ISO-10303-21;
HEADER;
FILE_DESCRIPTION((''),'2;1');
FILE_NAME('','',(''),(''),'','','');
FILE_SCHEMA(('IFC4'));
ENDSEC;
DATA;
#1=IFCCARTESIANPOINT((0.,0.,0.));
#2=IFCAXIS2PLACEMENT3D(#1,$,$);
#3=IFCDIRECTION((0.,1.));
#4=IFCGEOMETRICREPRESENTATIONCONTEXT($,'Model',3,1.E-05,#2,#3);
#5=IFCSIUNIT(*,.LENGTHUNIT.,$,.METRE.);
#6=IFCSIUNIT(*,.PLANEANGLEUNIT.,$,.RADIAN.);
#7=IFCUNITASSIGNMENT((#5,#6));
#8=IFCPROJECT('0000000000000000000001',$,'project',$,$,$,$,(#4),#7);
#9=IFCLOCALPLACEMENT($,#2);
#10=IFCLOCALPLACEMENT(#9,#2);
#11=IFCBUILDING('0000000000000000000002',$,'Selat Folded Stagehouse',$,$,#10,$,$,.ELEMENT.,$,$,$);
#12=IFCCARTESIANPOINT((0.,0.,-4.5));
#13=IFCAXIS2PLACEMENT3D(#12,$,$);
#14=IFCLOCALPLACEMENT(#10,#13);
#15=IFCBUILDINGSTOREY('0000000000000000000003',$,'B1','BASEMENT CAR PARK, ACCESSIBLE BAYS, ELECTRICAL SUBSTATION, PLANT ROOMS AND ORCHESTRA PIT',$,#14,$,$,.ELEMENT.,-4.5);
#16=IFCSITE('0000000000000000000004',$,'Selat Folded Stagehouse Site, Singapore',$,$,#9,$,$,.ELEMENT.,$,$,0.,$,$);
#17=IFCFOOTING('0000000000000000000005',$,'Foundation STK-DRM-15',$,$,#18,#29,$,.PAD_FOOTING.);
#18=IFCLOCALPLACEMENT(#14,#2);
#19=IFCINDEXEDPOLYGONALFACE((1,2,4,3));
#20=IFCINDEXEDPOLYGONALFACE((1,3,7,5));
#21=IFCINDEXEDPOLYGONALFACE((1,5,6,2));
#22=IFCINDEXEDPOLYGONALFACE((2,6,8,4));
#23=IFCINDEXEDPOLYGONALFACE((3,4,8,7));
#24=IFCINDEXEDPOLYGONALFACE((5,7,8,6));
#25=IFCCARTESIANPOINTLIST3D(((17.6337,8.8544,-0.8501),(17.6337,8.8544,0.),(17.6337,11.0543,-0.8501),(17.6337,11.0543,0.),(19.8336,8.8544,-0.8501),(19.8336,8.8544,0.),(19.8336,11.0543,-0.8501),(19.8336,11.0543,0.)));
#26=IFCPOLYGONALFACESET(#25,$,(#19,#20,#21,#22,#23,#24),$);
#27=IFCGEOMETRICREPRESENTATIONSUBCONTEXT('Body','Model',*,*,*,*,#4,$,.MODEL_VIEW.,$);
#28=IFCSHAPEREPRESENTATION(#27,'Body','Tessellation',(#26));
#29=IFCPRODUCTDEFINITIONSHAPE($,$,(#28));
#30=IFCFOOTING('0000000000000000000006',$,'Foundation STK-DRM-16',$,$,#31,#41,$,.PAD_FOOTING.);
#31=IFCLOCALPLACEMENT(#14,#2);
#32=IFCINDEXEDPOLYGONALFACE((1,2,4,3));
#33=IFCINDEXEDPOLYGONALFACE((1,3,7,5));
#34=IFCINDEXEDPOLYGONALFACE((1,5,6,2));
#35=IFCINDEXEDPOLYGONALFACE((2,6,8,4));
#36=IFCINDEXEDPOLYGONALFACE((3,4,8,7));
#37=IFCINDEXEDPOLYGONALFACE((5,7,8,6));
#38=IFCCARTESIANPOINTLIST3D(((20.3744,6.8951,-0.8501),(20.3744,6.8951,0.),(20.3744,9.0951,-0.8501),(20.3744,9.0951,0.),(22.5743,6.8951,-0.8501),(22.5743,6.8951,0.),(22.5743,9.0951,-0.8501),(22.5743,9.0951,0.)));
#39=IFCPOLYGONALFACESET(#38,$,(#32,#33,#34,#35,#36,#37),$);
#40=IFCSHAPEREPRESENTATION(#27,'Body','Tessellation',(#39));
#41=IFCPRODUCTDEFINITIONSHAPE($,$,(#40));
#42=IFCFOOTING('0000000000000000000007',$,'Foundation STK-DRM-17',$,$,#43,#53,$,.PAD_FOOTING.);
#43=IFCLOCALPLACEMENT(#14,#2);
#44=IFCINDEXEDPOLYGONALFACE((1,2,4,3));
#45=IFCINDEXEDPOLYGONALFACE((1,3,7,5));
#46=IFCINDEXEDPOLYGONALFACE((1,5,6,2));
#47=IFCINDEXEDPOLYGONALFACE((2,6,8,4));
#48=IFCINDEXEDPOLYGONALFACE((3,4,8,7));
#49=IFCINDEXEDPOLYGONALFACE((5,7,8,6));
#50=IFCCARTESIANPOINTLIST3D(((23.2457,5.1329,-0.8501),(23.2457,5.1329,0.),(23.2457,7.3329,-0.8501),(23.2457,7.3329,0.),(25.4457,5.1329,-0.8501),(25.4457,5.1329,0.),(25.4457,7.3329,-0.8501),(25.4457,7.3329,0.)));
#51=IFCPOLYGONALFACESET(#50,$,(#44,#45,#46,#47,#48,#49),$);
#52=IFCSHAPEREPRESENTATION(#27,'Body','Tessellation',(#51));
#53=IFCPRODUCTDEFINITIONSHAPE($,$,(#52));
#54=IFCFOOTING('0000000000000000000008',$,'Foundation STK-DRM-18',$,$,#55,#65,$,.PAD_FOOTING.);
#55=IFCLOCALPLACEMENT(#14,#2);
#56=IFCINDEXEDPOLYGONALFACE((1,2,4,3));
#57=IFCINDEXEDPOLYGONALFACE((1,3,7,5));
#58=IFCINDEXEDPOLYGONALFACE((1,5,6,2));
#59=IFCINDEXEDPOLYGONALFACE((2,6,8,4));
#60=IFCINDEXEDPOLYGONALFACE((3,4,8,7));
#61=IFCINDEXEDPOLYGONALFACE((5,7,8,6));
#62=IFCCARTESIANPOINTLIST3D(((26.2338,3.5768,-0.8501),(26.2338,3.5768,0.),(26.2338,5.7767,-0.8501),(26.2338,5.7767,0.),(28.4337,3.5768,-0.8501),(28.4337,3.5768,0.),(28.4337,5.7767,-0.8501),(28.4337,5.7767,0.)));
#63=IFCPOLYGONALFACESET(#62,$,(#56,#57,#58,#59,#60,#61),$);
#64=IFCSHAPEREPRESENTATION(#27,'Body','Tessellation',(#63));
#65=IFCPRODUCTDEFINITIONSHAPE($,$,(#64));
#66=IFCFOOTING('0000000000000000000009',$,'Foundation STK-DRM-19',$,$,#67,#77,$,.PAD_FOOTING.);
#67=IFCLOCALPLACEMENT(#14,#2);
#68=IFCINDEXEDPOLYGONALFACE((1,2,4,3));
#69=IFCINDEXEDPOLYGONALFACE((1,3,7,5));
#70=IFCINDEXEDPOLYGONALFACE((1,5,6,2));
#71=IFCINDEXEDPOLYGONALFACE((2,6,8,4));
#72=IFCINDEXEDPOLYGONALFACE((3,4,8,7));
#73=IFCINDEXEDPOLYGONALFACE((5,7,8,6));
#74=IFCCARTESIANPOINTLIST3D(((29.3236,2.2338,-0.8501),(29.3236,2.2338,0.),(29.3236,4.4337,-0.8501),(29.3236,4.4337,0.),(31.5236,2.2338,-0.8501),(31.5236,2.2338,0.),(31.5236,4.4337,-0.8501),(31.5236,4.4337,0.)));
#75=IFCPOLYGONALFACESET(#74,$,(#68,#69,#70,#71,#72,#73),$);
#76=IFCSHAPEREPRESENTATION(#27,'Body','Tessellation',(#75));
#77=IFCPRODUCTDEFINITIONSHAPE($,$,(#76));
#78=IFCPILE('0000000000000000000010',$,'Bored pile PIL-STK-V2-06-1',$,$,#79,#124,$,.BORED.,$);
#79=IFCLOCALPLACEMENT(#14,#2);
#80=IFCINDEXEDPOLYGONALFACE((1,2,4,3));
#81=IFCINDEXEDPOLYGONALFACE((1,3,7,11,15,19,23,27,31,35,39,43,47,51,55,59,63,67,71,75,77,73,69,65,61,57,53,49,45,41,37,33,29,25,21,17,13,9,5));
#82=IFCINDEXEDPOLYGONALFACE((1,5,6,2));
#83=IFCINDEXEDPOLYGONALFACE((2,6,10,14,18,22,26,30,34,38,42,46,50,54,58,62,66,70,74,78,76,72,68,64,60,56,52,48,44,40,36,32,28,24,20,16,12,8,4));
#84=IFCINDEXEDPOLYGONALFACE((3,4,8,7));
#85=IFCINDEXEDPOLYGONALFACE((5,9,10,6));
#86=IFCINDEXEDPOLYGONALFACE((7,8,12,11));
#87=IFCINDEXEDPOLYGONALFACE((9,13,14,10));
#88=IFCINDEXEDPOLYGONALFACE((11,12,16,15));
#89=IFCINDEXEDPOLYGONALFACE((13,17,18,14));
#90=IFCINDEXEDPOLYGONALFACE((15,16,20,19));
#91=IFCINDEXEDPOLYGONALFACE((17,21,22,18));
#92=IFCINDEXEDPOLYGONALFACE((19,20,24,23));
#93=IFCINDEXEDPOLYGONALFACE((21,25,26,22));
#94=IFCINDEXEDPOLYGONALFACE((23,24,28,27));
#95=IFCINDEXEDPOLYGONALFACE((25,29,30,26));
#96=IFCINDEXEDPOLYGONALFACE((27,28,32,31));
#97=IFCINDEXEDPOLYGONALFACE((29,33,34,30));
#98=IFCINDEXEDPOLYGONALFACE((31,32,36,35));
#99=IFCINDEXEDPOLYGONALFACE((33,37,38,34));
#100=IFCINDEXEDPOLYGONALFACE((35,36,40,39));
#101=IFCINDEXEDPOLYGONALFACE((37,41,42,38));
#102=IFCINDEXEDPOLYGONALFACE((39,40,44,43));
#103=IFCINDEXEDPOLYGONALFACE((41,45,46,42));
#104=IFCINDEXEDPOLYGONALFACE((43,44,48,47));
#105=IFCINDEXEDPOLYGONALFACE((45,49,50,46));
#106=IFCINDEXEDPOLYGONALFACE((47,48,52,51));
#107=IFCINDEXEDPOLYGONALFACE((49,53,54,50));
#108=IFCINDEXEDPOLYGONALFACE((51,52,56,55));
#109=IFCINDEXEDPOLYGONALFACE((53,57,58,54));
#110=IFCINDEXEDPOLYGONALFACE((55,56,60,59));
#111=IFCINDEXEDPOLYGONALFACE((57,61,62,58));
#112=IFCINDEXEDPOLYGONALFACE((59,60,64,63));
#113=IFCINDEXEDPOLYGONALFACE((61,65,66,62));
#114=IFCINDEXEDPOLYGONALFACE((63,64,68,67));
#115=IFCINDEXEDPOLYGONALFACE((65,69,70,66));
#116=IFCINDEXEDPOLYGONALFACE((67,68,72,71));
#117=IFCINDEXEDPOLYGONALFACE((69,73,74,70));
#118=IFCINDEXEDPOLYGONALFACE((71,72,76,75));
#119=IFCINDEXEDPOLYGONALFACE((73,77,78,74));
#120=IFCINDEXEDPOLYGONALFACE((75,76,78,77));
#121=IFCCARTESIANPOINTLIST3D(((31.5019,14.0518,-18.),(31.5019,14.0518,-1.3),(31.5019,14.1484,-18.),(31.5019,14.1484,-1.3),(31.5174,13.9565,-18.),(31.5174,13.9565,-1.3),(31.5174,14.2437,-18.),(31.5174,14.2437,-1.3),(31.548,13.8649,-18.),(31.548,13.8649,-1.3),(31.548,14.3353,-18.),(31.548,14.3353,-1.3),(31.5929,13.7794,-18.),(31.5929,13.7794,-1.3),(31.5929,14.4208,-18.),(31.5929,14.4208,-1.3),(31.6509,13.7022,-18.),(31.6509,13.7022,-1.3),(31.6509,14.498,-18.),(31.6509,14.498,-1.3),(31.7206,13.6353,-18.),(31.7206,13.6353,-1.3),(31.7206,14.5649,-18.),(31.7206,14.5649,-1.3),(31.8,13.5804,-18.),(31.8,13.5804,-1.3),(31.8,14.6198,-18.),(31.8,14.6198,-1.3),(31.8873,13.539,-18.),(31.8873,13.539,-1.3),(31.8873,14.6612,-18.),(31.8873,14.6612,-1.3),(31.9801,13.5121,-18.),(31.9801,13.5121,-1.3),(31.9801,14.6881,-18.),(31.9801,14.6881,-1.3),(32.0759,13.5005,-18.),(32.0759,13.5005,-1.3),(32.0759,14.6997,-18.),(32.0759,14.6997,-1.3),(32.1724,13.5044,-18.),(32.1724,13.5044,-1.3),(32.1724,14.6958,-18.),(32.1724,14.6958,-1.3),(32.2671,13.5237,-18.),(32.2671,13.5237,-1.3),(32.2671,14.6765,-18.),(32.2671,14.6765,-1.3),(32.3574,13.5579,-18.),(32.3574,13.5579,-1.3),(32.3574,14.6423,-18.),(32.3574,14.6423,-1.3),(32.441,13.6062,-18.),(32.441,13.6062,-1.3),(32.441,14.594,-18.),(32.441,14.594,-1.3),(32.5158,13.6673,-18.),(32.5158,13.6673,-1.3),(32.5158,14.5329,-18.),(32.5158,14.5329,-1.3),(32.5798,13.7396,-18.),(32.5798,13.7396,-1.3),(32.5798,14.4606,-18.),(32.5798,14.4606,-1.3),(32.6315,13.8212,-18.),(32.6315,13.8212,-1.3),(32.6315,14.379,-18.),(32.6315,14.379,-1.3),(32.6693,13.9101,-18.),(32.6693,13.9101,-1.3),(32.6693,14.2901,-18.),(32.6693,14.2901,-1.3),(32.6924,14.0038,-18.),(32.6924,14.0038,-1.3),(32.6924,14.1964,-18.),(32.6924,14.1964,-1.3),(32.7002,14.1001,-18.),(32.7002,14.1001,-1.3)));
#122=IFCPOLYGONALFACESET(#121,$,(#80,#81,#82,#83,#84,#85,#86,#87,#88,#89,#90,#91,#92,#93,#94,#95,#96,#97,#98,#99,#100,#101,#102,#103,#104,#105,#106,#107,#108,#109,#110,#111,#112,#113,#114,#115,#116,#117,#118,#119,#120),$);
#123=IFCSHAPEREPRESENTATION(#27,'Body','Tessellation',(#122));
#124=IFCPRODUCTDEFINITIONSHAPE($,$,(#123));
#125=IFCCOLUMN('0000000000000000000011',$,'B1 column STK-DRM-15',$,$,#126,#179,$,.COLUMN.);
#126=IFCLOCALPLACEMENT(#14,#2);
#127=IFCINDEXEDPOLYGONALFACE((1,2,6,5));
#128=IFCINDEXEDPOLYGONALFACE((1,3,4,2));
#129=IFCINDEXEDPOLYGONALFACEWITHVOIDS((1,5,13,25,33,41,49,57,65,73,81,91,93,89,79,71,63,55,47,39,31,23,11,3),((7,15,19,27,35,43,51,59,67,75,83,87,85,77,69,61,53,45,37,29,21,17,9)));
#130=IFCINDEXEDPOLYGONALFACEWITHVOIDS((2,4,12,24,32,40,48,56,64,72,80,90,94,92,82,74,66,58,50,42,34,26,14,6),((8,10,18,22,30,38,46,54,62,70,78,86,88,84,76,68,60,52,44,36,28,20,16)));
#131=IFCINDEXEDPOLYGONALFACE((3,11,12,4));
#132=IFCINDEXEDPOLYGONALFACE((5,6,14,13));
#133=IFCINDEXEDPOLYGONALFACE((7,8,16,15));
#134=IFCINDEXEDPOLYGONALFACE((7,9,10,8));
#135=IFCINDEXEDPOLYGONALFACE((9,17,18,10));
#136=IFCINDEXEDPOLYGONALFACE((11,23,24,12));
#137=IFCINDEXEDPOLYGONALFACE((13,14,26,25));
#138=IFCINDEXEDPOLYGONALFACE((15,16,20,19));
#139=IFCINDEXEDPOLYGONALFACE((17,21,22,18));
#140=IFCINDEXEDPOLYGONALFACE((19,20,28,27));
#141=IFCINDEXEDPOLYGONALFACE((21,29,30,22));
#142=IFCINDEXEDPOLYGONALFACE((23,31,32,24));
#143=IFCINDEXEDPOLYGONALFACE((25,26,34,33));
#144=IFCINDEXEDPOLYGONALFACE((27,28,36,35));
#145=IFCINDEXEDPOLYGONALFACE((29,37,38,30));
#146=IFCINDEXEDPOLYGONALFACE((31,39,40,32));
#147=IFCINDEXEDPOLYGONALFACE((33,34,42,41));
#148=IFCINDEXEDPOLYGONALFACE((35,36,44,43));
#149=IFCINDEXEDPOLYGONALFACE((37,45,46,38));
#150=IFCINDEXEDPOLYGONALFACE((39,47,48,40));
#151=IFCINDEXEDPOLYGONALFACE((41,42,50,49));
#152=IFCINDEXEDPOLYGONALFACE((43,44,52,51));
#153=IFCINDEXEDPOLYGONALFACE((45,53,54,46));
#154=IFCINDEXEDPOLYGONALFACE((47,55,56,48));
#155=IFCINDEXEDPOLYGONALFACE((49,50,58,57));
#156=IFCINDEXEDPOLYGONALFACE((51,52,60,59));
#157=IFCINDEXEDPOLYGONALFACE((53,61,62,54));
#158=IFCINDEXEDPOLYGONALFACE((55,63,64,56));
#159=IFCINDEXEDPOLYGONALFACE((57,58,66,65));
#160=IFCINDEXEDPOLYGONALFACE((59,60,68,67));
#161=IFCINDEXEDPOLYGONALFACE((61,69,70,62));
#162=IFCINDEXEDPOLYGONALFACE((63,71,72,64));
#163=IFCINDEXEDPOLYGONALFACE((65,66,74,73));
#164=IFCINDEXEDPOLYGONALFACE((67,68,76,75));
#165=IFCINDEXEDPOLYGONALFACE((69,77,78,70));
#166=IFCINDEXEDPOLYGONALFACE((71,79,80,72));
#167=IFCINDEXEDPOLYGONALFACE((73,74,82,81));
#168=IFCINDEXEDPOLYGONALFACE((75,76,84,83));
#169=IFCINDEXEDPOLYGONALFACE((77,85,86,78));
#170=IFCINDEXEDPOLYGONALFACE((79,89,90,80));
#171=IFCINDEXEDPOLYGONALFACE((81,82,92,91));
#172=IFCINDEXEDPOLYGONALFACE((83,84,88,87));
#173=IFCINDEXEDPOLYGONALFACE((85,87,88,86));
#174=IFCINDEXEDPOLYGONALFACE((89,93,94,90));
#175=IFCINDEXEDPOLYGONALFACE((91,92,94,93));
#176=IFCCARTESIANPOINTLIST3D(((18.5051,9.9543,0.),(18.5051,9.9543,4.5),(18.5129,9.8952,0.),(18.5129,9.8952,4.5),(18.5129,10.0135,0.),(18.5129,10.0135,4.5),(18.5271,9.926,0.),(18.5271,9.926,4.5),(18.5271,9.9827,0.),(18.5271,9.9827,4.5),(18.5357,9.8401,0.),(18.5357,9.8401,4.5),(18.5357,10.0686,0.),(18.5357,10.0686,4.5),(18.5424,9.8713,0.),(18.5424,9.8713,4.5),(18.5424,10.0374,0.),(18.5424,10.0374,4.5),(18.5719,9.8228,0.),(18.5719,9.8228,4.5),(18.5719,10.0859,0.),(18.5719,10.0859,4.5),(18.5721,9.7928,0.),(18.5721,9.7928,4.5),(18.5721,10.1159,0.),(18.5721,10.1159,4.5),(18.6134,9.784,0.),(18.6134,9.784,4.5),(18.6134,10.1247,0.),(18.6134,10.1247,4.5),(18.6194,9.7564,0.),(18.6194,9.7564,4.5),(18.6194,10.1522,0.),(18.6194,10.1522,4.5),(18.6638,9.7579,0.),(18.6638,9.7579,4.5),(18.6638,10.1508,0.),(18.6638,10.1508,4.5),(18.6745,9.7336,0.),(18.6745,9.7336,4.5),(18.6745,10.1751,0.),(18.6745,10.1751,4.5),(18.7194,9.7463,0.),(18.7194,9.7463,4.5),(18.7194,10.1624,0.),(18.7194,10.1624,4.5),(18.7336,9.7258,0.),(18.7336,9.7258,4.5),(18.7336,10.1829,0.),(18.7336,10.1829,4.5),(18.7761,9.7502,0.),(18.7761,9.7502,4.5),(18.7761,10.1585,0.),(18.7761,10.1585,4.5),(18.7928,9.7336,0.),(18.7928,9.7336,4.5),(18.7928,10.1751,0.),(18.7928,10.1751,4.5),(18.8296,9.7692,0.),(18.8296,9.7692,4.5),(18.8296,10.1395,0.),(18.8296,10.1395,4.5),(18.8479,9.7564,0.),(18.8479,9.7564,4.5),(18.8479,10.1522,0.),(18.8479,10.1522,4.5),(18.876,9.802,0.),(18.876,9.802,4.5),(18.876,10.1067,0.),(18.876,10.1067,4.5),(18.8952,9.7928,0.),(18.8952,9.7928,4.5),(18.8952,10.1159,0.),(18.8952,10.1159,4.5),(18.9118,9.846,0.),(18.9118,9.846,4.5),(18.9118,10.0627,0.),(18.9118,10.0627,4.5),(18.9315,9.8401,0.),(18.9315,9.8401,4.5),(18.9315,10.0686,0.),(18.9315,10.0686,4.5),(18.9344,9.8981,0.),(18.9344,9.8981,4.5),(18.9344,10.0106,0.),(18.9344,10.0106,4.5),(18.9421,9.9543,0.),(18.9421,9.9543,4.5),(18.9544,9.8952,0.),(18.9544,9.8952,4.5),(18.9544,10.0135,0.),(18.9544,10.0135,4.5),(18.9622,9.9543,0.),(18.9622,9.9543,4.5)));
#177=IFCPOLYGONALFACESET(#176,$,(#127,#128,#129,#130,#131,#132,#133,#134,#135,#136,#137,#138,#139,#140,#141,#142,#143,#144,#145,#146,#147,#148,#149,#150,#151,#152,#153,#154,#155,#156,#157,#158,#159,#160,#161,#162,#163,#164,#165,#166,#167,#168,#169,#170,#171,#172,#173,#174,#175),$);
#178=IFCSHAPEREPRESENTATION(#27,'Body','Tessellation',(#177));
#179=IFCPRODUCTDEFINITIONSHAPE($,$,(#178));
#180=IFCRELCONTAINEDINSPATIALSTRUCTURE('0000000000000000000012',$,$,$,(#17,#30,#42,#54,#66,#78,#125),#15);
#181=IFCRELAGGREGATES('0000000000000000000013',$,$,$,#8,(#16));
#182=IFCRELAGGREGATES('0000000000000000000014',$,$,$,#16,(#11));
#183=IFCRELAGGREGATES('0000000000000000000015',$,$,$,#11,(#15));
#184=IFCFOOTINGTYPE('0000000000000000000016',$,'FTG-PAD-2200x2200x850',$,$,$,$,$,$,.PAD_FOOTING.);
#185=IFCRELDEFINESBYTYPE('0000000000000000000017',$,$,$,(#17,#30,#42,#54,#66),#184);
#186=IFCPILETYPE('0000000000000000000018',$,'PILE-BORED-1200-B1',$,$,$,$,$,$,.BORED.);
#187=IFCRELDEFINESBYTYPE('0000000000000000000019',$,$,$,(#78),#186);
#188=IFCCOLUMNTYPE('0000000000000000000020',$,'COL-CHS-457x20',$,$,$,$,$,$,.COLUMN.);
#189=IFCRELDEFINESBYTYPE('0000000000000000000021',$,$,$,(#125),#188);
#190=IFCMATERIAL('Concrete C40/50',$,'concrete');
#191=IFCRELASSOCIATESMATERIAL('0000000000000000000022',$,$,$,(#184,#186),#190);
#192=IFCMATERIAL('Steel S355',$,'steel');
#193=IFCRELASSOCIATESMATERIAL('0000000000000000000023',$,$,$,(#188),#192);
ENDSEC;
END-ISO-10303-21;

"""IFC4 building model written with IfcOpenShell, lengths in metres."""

from ifc_helpers import new_model, si_unit, direction, frame, origin, origin_2d, place, context, subcontext, project, spatial, rectangle, circle, hollow_circle, extrude, material, material_profile, profile_set, type_object, element, save


model = new_model("IFC4")

# Units and contexts
model_context = context("Model", 3, precision=1e-05, world=origin(), true_north=direction((0.0, 1.0)))
body_context = subcontext(model_context, "Body", "Model", "MODEL_VIEW")
ifc_project = project(units=[si_unit("LENGTHUNIT", "METRE"), si_unit("PLANEANGLEUNIT", "RADIAN")], contexts=[model_context])

# Site, building, storey
site_placement = place(None, origin())
site = spatial("IfcSite", under=ifc_project, at=site_placement, Name="Selat Folded Stagehouse Site, Singapore", CompositionType="ELEMENT", RefElevation=0.0)
building_placement = place(site_placement, origin())
building = spatial("IfcBuilding", under=site, at=building_placement, Name="Selat Folded Stagehouse", CompositionType="ELEMENT")
storey_placement = place(building_placement, frame((0.0, 0.0, -4.5)))
storey = spatial("IfcBuildingStorey", under=building, at=storey_placement, Name="B1", Description="BASEMENT CAR PARK, ACCESSIBLE BAYS, ELECTRICAL SUBSTATION, PLANT ROOMS AND ORCHESTRA PIT", CompositionType="ELEMENT", Elevation=-4.5)

# Footings
ifc_material_1 = material(Name="Concrete C40/50", Category="concrete")
footing_type = type_object("IfcFootingType", Name="FTG-PAD-2200x2200x850", PredefinedType="PAD_FOOTING", material=ifc_material_1)
for number, where, z_axis, x_axis, name in (
    (1, (18.7336, 9.9543, -0.8501), (0.0, 0.0, 1.0), (1.0, 0.0, 0.0), "Foundation STK-DRM-15"),
    (2, (21.4744, 7.9951, -0.8501), (0.0, 0.0, 1.0), (1.0, 0.0, 0.0), "Foundation STK-DRM-16"),
    (3, (24.3457, 6.2329, -0.8501), (0.0, 0.0, 1.0), (1.0, 0.0, 0.0), "Foundation STK-DRM-17"),
    (4, (27.3337, 4.6768, -0.8501), (0.0, 0.0, 1.0), (1.0, 0.0, 0.0), "Foundation STK-DRM-18"),
    (5, (30.4236, 3.3337, -0.8501), (0.0, 0.0, 1.0), (1.0, 0.0, 0.0), "Foundation STK-DRM-19"),
):
    element("IfcFooting", number, at=place(storey_placement, frame(where, z_axis=z_axis, x_axis=x_axis)), inside=storey, type_object=footing_type, Name=name, PredefinedType="PAD_FOOTING", context=body_context, shape_type="SweptSolid", body=[
        extrude(rectangle(XDim=2.2, YDim=2.2, at=origin_2d()), origin(), (0.0, 0.0, 1.0), 0.8501),
    ])

# Pile
ifc_material_profile_1 = material_profile(ifc_material_1, circle(Radius=0.6001, at=origin_2d()), Name="PILE D1200")
ifc_profile_set_1 = profile_set([ifc_material_profile_1], Name="Concrete C40/50")
pile_type = type_object("IfcPileType", Name="PILE-BORED-1200-B1", PredefinedType="BORED", material=ifc_profile_set_1)
pile_placement = place(storey_placement, frame((32.1001, 14.1001, -1.3), z_axis=(0.0, 0.0, -1.0), x_axis=(1.0, 0.0, 0.0)))
element("IfcPile", 6, at=pile_placement, inside=storey, type_object=pile_type, Name="Bored pile PIL-STK-V2-06-1", PredefinedType="BORED", context=body_context, shape_type="SweptSolid", body=[
    extrude(circle(Radius=0.6001, at=origin_2d()), origin(), (0.0, 0.0, 1.0), 16.7),
])

# Column
ifc_material_2 = material(Name="Steel S355", Category="steel")
ifc_material_profile_2 = material_profile(ifc_material_2, hollow_circle(Radius=0.2285, WallThickness=0.02, at=origin_2d()), Name="CHS 457.0x20.0")
ifc_profile_set_2 = profile_set([ifc_material_profile_2], Name="Steel S355")
column_type = type_object("IfcColumnType", Name="COL-CHS-457x20", PredefinedType="COLUMN", material=ifc_profile_set_2)
for number, where, z_axis, x_axis, name in (
    (7, (18.7336, 9.9543, 0.0), (0.0, 0.0, 1.0), (1.0, 0.0, 0.0), "B1 column STK-DRM-15"),
):
    element("IfcColumn", number, at=place(storey_placement, frame(where, z_axis=z_axis, x_axis=x_axis)), inside=storey, type_object=column_type, Name=name, PredefinedType="COLUMN", context=body_context, shape_type="SweptSolid", body=[
        extrude(hollow_circle(Radius=0.2285, WallThickness=0.02, at=origin_2d()), origin(), (0.0, 0.0, 1.0), 4.5),
    ])

save(model, "model.ifc")
